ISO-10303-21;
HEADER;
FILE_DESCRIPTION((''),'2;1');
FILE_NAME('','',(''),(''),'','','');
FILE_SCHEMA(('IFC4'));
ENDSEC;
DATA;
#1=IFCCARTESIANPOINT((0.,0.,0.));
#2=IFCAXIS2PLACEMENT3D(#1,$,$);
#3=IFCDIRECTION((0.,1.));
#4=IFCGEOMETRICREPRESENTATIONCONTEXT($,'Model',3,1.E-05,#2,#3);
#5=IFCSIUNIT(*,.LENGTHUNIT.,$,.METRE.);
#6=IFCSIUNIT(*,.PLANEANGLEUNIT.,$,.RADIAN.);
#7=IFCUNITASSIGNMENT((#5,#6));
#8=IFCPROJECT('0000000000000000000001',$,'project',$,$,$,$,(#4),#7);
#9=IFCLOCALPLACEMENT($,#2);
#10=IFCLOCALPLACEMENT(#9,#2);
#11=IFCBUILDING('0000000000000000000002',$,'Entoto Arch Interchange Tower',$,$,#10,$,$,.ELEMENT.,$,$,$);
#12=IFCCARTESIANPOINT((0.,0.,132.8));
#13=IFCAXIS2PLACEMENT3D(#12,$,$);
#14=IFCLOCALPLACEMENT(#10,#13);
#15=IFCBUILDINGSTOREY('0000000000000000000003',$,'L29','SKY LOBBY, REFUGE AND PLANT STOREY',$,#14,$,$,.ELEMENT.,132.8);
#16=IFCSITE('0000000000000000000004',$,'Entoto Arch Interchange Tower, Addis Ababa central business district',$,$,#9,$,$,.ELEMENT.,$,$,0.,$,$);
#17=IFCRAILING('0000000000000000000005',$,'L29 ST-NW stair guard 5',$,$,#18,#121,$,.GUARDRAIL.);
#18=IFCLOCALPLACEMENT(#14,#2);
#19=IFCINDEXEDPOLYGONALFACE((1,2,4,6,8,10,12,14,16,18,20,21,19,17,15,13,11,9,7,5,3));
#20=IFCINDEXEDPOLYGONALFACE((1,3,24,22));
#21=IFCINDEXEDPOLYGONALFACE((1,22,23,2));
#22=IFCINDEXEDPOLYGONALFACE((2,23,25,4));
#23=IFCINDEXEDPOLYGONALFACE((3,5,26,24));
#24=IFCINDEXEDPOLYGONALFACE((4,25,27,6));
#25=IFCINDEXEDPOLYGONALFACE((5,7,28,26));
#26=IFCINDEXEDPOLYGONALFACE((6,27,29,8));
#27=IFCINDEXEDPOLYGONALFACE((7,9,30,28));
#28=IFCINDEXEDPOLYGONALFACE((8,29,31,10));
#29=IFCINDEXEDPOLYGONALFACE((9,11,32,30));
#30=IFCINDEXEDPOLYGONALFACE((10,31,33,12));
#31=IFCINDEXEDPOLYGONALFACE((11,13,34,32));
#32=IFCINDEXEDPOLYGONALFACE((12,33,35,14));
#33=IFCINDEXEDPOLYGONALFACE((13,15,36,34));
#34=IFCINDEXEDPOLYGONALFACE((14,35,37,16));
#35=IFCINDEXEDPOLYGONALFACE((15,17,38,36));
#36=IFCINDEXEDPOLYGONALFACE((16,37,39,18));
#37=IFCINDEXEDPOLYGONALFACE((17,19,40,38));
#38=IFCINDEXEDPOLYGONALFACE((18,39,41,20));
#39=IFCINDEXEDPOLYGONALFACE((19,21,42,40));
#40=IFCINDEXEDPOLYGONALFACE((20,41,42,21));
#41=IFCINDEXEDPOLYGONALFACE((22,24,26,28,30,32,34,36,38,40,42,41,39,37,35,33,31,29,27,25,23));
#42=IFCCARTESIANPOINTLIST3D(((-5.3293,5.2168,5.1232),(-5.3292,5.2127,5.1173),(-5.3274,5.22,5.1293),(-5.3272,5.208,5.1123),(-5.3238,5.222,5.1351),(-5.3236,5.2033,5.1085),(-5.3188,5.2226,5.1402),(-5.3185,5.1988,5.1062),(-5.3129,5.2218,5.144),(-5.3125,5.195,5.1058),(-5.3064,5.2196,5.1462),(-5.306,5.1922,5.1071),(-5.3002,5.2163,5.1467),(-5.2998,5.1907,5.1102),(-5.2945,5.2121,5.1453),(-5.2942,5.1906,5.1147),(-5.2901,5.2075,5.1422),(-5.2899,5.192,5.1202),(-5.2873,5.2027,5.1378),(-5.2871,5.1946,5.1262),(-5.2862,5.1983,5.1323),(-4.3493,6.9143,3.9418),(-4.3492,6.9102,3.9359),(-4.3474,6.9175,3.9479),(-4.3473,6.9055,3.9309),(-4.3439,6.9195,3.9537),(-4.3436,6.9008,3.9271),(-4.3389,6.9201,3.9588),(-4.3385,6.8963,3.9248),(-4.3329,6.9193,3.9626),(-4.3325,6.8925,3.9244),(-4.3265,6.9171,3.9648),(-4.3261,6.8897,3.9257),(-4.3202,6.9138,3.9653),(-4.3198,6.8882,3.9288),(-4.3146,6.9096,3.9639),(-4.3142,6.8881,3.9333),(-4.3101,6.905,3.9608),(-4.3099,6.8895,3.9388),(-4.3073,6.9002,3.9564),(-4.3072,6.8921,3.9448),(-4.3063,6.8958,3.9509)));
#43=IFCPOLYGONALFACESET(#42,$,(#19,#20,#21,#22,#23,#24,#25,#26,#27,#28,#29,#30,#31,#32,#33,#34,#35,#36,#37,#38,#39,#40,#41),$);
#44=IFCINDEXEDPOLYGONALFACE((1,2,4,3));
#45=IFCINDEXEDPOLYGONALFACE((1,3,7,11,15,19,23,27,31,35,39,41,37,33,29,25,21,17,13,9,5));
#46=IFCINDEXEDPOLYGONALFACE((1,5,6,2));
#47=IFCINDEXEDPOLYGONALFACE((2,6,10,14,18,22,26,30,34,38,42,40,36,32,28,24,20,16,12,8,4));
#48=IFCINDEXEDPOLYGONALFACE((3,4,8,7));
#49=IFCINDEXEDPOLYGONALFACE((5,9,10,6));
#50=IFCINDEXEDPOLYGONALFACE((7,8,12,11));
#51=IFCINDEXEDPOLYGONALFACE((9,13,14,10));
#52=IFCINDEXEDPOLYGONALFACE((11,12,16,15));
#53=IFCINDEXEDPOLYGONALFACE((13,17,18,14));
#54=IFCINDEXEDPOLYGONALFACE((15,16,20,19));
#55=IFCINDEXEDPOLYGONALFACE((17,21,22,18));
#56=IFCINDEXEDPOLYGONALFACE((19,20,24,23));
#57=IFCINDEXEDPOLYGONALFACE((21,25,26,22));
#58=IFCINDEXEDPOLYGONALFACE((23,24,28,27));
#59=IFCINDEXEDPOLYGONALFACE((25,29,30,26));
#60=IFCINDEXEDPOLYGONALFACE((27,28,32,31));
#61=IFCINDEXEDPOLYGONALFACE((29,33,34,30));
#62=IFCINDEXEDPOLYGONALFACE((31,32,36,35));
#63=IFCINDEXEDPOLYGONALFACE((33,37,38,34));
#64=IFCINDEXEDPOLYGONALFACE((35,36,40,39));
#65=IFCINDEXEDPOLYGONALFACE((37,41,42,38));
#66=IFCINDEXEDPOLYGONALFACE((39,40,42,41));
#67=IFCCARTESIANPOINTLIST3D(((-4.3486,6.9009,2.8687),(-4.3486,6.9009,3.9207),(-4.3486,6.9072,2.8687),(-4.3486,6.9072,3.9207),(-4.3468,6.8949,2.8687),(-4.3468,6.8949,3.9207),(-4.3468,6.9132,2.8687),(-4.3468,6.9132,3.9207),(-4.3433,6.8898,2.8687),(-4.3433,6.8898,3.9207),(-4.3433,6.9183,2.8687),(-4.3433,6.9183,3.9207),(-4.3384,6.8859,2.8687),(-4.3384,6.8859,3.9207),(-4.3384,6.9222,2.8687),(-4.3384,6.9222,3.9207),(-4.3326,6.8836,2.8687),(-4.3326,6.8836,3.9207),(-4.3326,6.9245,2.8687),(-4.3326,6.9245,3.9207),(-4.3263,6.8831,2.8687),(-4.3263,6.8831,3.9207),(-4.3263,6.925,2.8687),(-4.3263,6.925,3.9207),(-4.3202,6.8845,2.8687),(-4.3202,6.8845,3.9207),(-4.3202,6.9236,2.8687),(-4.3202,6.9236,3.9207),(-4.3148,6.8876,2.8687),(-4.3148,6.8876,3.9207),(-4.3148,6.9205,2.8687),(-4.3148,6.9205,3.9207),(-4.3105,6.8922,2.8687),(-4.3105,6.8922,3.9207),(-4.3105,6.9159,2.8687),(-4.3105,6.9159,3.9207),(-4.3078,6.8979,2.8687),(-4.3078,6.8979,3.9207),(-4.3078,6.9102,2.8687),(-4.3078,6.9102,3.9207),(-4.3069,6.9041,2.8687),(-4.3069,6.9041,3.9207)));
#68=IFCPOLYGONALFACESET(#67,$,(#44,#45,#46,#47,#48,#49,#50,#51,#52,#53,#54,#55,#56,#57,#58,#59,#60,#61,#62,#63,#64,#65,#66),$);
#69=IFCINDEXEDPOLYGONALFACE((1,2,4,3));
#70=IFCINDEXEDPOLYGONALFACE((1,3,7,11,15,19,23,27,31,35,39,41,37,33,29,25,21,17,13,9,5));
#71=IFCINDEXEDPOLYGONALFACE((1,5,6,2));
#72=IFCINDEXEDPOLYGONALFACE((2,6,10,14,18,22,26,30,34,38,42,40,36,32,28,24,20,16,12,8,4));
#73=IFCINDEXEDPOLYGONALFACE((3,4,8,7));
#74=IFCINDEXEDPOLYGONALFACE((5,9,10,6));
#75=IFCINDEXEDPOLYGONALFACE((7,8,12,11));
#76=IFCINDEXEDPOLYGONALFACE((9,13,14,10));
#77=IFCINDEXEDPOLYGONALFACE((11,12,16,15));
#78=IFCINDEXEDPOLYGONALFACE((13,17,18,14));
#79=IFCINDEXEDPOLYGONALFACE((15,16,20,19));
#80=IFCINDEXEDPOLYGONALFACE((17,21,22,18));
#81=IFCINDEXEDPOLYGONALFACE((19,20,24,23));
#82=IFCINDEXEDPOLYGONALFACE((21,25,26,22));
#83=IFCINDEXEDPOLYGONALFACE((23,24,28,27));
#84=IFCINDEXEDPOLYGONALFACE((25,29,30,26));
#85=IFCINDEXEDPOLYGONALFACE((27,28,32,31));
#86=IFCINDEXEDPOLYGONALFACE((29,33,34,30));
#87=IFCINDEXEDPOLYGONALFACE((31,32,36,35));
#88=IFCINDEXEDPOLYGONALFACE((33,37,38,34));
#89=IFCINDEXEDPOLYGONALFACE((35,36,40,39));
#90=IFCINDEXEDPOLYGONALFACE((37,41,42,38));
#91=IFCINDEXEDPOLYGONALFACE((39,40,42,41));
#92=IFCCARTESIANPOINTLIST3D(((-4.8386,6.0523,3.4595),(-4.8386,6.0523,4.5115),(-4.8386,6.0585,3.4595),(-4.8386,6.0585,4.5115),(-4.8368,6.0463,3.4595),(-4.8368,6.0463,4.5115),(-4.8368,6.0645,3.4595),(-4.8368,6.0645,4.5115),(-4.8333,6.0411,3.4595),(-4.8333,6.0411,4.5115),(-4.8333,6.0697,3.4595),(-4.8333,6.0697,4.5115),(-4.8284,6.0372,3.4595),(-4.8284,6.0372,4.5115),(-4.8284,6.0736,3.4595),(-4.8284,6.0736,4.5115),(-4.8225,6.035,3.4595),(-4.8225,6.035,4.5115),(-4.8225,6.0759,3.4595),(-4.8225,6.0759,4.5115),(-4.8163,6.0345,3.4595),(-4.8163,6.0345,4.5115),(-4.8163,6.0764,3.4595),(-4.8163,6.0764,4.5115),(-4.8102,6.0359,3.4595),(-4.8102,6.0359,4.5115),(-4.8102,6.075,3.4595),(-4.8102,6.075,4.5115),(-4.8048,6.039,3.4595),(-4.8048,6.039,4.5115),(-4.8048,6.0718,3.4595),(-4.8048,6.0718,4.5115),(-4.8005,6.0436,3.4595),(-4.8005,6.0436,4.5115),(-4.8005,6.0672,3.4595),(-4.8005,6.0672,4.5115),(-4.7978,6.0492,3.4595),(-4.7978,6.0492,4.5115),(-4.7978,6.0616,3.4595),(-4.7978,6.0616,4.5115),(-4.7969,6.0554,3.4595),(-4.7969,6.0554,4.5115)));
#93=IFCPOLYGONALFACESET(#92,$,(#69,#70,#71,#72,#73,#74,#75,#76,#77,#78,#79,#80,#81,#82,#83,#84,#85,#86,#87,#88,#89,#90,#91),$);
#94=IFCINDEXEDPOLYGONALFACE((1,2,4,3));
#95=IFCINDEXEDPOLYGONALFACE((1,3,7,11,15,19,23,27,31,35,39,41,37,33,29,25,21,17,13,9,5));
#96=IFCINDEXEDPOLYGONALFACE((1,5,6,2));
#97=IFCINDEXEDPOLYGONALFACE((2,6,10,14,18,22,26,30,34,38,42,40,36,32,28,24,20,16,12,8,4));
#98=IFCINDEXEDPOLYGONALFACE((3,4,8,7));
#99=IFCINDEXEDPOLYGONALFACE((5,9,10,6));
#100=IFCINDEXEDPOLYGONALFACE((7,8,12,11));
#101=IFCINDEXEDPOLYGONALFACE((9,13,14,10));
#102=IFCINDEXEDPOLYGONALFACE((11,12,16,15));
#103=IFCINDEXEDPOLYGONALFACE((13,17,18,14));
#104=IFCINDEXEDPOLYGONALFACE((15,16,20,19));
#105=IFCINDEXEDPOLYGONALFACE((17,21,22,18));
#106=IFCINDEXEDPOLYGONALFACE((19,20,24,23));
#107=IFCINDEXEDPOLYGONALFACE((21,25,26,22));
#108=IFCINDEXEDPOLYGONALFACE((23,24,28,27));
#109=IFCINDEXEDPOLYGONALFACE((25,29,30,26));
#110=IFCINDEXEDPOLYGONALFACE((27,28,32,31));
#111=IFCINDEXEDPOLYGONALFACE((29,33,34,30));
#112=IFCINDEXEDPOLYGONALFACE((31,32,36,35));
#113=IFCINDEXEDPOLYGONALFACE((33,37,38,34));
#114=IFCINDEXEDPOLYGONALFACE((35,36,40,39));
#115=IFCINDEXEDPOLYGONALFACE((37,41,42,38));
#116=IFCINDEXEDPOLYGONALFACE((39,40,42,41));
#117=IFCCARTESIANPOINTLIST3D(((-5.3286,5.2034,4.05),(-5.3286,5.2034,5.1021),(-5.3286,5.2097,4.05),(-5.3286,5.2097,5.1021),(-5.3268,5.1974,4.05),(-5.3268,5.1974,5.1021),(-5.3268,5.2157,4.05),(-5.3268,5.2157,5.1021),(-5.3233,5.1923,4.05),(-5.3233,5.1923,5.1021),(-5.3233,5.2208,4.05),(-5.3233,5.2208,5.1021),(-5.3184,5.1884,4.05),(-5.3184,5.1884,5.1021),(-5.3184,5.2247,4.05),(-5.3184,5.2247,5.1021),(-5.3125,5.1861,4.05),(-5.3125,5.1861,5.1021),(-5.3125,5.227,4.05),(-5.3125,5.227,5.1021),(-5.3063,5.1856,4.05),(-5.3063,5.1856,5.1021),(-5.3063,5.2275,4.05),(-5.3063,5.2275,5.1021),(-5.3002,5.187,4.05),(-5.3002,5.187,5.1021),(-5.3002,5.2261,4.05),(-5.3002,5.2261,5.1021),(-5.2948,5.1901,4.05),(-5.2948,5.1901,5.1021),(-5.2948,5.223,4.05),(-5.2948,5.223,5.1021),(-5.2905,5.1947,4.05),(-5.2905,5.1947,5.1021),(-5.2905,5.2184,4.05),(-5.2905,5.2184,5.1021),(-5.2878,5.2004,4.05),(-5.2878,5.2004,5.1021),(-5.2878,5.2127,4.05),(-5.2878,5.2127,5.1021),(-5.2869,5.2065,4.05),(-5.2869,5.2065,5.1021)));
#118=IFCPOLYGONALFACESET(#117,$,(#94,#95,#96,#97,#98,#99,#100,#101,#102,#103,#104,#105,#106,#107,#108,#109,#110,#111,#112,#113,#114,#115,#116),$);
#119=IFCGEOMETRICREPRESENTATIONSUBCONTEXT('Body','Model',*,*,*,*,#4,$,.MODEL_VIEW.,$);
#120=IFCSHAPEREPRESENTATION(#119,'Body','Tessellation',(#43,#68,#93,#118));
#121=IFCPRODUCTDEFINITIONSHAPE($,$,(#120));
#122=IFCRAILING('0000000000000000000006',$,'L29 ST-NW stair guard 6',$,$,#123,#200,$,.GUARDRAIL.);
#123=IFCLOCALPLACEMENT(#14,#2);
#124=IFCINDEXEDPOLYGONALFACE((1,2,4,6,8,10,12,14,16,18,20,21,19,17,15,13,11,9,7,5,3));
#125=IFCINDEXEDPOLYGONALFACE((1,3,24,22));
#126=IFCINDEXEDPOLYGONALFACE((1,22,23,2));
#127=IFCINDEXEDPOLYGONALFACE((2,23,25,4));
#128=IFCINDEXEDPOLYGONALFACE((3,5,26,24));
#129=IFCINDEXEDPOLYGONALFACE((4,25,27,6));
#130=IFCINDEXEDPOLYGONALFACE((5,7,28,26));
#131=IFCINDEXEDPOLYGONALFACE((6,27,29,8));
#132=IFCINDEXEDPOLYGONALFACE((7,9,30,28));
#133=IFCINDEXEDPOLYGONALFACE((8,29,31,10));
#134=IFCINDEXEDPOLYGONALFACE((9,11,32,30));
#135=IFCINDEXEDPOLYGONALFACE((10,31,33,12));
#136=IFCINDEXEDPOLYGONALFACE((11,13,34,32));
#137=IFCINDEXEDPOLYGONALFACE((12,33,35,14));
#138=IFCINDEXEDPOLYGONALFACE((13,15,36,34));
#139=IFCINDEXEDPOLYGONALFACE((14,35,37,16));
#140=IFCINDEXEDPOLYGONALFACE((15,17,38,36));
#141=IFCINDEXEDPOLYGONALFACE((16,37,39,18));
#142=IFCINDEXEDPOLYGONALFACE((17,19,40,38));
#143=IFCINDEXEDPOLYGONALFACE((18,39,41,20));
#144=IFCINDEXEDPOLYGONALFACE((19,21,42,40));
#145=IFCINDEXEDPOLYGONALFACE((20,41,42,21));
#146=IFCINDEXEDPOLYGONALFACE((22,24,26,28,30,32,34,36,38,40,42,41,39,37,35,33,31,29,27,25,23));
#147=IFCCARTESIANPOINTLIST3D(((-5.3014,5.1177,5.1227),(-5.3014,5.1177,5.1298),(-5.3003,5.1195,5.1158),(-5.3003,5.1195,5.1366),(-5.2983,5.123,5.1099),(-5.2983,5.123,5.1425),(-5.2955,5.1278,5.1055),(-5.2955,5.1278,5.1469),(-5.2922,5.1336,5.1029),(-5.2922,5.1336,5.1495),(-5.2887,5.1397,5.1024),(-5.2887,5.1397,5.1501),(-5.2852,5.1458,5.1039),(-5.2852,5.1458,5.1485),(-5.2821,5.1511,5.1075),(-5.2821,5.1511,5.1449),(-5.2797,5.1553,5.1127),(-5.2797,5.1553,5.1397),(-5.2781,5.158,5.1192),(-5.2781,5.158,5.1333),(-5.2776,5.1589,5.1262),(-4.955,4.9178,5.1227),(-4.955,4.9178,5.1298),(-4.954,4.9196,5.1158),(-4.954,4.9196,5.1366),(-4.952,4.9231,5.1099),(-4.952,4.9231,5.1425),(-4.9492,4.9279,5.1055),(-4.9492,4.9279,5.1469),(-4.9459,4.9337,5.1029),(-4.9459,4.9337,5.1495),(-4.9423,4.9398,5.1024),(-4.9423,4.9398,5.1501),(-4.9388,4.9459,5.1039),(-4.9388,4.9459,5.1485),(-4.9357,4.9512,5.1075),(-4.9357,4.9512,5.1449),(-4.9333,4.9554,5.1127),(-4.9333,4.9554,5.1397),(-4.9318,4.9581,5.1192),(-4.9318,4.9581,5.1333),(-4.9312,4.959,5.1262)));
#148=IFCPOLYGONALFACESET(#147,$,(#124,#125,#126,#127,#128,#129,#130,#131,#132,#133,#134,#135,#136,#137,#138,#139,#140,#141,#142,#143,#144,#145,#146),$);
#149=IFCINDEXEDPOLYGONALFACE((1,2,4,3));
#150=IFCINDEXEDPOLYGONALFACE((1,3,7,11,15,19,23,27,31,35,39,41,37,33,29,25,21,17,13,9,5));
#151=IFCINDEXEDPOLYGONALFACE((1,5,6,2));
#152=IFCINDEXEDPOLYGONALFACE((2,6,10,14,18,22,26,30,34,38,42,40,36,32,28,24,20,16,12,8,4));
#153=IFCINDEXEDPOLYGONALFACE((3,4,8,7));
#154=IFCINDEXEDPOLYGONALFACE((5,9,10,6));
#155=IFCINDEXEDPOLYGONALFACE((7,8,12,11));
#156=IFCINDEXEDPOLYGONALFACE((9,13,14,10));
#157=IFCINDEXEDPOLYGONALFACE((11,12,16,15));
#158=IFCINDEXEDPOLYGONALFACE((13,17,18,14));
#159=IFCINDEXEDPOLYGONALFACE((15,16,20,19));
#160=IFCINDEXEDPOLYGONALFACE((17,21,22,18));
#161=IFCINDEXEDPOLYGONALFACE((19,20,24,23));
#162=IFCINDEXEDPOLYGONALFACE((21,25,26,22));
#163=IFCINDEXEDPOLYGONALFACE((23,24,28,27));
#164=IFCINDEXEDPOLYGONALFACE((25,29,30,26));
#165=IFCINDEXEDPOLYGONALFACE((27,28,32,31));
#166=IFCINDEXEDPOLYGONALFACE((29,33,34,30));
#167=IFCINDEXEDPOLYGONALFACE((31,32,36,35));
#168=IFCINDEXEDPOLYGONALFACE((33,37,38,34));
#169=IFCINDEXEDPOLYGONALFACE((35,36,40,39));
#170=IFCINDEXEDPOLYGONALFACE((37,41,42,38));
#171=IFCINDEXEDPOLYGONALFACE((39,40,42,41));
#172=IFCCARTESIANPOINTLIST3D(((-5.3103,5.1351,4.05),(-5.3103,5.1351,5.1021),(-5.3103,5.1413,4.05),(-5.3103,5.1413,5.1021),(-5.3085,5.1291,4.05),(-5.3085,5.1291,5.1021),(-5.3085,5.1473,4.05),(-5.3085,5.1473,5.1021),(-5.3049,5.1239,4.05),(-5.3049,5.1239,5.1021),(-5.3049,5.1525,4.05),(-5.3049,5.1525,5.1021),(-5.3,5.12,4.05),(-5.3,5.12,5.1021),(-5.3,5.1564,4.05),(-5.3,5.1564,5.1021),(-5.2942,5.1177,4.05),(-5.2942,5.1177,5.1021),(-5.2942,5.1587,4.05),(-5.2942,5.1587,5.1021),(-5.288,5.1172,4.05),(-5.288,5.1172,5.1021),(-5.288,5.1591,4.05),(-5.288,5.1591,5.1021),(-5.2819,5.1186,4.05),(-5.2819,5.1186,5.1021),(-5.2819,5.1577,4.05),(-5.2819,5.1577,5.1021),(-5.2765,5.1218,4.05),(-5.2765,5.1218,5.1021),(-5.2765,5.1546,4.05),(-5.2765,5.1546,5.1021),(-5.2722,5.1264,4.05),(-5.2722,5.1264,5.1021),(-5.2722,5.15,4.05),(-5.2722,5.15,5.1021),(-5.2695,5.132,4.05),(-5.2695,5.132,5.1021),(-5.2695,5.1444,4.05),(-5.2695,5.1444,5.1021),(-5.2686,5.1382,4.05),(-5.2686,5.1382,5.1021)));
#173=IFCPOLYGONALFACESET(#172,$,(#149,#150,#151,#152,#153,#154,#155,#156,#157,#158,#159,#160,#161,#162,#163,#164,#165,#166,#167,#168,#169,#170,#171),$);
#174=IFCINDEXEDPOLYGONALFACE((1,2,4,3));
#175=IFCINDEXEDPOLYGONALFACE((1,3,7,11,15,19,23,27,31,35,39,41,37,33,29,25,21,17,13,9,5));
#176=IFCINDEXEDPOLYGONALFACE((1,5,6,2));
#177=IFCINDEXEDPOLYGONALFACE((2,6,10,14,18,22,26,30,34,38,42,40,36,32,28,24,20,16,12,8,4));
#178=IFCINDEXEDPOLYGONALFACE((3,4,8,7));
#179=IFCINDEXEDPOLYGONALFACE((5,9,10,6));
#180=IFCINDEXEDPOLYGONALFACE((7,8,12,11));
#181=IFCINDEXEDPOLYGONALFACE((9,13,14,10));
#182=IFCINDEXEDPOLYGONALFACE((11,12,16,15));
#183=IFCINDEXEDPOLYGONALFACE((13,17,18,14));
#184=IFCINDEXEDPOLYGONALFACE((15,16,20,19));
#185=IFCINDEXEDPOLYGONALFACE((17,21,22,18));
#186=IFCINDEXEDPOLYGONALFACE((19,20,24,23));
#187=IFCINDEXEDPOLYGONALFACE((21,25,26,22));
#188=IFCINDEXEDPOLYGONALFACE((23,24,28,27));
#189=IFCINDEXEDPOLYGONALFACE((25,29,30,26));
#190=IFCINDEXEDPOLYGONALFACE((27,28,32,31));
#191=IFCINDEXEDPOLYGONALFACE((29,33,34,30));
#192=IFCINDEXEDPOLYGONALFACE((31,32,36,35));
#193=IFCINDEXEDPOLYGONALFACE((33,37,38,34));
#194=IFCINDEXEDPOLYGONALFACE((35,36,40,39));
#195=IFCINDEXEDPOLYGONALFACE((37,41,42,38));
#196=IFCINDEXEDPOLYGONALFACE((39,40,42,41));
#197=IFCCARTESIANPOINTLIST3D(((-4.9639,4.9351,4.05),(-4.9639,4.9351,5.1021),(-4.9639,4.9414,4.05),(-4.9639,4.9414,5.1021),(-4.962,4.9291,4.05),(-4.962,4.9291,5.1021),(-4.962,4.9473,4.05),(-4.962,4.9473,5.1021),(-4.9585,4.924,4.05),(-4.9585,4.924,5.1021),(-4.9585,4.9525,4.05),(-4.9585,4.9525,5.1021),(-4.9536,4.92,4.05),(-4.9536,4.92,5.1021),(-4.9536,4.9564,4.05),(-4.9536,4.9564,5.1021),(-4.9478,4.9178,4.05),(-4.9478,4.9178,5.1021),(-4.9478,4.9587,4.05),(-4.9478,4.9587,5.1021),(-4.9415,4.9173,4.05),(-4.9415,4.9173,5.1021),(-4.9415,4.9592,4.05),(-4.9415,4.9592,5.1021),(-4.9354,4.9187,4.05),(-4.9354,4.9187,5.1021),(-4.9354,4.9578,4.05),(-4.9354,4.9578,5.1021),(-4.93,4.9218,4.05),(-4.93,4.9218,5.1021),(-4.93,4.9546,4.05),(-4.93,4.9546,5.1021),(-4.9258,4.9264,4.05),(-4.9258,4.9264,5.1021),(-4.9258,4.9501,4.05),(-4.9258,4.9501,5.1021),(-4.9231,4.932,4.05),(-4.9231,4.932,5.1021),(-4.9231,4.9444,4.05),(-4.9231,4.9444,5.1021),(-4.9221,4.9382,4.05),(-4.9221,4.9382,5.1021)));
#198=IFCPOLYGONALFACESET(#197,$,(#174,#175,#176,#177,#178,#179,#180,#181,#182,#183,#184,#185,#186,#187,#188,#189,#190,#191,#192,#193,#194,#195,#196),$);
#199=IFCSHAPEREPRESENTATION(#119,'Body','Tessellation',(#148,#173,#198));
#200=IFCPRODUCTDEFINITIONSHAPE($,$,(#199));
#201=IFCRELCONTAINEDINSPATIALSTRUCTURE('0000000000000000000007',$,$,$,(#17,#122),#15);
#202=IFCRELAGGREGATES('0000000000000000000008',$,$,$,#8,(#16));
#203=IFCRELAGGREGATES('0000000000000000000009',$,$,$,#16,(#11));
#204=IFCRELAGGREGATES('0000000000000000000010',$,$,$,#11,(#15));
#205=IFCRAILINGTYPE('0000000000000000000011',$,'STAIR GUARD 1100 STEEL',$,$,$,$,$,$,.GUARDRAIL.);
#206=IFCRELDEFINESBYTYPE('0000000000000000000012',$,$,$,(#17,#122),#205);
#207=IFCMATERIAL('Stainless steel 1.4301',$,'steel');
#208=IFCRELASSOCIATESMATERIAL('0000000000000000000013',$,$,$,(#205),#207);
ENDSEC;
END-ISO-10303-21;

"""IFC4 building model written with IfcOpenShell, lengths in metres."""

from ifc_helpers import new_model, si_unit, direction, frame, origin, origin_2d, place, context, subcontext, project, spatial, circle, extrude, material, type_object, element, save


model = new_model("IFC4")

# Units and contexts
model_context = context("Model", 3, precision=1e-05, world=origin(), true_north=direction((0.0, 1.0)))
body_context = subcontext(model_context, "Body", "Model", "MODEL_VIEW")
ifc_project = project(units=[si_unit("LENGTHUNIT", "METRE"), si_unit("PLANEANGLEUNIT", "RADIAN")], contexts=[model_context])

# Site, building, storey
site_placement = place(None, origin())
site = spatial("IfcSite", under=ifc_project, at=site_placement, Name="Entoto Arch Interchange Tower, Addis Ababa central business district", CompositionType="ELEMENT", RefElevation=0.0)
building_placement = place(site_placement, origin())
building = spatial("IfcBuilding", under=site, at=building_placement, Name="Entoto Arch Interchange Tower", CompositionType="ELEMENT")
storey_placement = place(building_placement, frame((0.0, 0.0, 132.8)))
storey = spatial("IfcBuildingStorey", under=building, at=storey_placement, Name="L29", Description="SKY LOBBY, REFUGE AND PLANT STOREY", CompositionType="ELEMENT", Elevation=132.8)

# Railings
ifc_material_1 = material(Name="Stainless steel 1.4301", Category="steel")
railing_type_1 = type_object("IfcRailingType", Name="STAIR GUARD 1100 STEEL", PredefinedType="GUARDRAIL", material=ifc_material_1)
railing_1_placement = place(storey_placement, frame((-4.3279, 6.9041, 2.8687)))
element("IfcRailing", 1, at=railing_1_placement, inside=storey, type_object=railing_type_1, Name="L29 ST-NW stair guard 5", PredefinedType="GUARDRAIL", context=body_context, shape_type="SweptSolid", body=[
    extrude(circle(Radius=0.0239, at=origin_2d()), frame((0.0, 0.0, 1.0762), z_axis=(-0.428205, -0.741731, 0.516214), x_axis=(0.866042, -0.49997, 0.0)), (0.0, 0.0, 1.0), 2.2886),
    extrude(circle(Radius=0.021, at=origin_2d()), origin(), (0.0, 0.0, 1.0), 1.052),
    extrude(circle(Radius=0.021, at=origin_2d()), frame((-0.49, -0.8486, 0.5908)), (0.0, 0.0, 1.0), 1.052),
    extrude(circle(Radius=0.021, at=origin_2d()), frame((-0.98, -1.6975, 1.1814)), (0.0, 0.0, 1.0), 1.052),
])
railing_2_placement = place(storey_placement, frame((-5.2896, 5.1382, 4.05)))
element("IfcRailing", 2, at=railing_2_placement, inside=storey, type_object=railing_type_1, Name="L29 ST-NW stair guard 6", PredefinedType="GUARDRAIL", context=body_context, shape_type="SweptSolid", body=[
    extrude(circle(Radius=0.0239, at=origin_2d()), frame((0.0, 0.0, 1.0762), z_axis=(0.866094, -0.499881, 0.0), x_axis=(0.499881, 0.866094, 0.0)), (0.0, 0.0, 1.0), 0.3999),
    extrude(circle(Radius=0.021, at=origin_2d()), origin(), (0.0, 0.0, 1.0), 1.052),
    extrude(circle(Radius=0.021, at=origin_2d()), frame((0.3464, -0.2, 0.0)), (0.0, 0.0, 1.0), 1.052),
])

save(model, "model.ifc")
